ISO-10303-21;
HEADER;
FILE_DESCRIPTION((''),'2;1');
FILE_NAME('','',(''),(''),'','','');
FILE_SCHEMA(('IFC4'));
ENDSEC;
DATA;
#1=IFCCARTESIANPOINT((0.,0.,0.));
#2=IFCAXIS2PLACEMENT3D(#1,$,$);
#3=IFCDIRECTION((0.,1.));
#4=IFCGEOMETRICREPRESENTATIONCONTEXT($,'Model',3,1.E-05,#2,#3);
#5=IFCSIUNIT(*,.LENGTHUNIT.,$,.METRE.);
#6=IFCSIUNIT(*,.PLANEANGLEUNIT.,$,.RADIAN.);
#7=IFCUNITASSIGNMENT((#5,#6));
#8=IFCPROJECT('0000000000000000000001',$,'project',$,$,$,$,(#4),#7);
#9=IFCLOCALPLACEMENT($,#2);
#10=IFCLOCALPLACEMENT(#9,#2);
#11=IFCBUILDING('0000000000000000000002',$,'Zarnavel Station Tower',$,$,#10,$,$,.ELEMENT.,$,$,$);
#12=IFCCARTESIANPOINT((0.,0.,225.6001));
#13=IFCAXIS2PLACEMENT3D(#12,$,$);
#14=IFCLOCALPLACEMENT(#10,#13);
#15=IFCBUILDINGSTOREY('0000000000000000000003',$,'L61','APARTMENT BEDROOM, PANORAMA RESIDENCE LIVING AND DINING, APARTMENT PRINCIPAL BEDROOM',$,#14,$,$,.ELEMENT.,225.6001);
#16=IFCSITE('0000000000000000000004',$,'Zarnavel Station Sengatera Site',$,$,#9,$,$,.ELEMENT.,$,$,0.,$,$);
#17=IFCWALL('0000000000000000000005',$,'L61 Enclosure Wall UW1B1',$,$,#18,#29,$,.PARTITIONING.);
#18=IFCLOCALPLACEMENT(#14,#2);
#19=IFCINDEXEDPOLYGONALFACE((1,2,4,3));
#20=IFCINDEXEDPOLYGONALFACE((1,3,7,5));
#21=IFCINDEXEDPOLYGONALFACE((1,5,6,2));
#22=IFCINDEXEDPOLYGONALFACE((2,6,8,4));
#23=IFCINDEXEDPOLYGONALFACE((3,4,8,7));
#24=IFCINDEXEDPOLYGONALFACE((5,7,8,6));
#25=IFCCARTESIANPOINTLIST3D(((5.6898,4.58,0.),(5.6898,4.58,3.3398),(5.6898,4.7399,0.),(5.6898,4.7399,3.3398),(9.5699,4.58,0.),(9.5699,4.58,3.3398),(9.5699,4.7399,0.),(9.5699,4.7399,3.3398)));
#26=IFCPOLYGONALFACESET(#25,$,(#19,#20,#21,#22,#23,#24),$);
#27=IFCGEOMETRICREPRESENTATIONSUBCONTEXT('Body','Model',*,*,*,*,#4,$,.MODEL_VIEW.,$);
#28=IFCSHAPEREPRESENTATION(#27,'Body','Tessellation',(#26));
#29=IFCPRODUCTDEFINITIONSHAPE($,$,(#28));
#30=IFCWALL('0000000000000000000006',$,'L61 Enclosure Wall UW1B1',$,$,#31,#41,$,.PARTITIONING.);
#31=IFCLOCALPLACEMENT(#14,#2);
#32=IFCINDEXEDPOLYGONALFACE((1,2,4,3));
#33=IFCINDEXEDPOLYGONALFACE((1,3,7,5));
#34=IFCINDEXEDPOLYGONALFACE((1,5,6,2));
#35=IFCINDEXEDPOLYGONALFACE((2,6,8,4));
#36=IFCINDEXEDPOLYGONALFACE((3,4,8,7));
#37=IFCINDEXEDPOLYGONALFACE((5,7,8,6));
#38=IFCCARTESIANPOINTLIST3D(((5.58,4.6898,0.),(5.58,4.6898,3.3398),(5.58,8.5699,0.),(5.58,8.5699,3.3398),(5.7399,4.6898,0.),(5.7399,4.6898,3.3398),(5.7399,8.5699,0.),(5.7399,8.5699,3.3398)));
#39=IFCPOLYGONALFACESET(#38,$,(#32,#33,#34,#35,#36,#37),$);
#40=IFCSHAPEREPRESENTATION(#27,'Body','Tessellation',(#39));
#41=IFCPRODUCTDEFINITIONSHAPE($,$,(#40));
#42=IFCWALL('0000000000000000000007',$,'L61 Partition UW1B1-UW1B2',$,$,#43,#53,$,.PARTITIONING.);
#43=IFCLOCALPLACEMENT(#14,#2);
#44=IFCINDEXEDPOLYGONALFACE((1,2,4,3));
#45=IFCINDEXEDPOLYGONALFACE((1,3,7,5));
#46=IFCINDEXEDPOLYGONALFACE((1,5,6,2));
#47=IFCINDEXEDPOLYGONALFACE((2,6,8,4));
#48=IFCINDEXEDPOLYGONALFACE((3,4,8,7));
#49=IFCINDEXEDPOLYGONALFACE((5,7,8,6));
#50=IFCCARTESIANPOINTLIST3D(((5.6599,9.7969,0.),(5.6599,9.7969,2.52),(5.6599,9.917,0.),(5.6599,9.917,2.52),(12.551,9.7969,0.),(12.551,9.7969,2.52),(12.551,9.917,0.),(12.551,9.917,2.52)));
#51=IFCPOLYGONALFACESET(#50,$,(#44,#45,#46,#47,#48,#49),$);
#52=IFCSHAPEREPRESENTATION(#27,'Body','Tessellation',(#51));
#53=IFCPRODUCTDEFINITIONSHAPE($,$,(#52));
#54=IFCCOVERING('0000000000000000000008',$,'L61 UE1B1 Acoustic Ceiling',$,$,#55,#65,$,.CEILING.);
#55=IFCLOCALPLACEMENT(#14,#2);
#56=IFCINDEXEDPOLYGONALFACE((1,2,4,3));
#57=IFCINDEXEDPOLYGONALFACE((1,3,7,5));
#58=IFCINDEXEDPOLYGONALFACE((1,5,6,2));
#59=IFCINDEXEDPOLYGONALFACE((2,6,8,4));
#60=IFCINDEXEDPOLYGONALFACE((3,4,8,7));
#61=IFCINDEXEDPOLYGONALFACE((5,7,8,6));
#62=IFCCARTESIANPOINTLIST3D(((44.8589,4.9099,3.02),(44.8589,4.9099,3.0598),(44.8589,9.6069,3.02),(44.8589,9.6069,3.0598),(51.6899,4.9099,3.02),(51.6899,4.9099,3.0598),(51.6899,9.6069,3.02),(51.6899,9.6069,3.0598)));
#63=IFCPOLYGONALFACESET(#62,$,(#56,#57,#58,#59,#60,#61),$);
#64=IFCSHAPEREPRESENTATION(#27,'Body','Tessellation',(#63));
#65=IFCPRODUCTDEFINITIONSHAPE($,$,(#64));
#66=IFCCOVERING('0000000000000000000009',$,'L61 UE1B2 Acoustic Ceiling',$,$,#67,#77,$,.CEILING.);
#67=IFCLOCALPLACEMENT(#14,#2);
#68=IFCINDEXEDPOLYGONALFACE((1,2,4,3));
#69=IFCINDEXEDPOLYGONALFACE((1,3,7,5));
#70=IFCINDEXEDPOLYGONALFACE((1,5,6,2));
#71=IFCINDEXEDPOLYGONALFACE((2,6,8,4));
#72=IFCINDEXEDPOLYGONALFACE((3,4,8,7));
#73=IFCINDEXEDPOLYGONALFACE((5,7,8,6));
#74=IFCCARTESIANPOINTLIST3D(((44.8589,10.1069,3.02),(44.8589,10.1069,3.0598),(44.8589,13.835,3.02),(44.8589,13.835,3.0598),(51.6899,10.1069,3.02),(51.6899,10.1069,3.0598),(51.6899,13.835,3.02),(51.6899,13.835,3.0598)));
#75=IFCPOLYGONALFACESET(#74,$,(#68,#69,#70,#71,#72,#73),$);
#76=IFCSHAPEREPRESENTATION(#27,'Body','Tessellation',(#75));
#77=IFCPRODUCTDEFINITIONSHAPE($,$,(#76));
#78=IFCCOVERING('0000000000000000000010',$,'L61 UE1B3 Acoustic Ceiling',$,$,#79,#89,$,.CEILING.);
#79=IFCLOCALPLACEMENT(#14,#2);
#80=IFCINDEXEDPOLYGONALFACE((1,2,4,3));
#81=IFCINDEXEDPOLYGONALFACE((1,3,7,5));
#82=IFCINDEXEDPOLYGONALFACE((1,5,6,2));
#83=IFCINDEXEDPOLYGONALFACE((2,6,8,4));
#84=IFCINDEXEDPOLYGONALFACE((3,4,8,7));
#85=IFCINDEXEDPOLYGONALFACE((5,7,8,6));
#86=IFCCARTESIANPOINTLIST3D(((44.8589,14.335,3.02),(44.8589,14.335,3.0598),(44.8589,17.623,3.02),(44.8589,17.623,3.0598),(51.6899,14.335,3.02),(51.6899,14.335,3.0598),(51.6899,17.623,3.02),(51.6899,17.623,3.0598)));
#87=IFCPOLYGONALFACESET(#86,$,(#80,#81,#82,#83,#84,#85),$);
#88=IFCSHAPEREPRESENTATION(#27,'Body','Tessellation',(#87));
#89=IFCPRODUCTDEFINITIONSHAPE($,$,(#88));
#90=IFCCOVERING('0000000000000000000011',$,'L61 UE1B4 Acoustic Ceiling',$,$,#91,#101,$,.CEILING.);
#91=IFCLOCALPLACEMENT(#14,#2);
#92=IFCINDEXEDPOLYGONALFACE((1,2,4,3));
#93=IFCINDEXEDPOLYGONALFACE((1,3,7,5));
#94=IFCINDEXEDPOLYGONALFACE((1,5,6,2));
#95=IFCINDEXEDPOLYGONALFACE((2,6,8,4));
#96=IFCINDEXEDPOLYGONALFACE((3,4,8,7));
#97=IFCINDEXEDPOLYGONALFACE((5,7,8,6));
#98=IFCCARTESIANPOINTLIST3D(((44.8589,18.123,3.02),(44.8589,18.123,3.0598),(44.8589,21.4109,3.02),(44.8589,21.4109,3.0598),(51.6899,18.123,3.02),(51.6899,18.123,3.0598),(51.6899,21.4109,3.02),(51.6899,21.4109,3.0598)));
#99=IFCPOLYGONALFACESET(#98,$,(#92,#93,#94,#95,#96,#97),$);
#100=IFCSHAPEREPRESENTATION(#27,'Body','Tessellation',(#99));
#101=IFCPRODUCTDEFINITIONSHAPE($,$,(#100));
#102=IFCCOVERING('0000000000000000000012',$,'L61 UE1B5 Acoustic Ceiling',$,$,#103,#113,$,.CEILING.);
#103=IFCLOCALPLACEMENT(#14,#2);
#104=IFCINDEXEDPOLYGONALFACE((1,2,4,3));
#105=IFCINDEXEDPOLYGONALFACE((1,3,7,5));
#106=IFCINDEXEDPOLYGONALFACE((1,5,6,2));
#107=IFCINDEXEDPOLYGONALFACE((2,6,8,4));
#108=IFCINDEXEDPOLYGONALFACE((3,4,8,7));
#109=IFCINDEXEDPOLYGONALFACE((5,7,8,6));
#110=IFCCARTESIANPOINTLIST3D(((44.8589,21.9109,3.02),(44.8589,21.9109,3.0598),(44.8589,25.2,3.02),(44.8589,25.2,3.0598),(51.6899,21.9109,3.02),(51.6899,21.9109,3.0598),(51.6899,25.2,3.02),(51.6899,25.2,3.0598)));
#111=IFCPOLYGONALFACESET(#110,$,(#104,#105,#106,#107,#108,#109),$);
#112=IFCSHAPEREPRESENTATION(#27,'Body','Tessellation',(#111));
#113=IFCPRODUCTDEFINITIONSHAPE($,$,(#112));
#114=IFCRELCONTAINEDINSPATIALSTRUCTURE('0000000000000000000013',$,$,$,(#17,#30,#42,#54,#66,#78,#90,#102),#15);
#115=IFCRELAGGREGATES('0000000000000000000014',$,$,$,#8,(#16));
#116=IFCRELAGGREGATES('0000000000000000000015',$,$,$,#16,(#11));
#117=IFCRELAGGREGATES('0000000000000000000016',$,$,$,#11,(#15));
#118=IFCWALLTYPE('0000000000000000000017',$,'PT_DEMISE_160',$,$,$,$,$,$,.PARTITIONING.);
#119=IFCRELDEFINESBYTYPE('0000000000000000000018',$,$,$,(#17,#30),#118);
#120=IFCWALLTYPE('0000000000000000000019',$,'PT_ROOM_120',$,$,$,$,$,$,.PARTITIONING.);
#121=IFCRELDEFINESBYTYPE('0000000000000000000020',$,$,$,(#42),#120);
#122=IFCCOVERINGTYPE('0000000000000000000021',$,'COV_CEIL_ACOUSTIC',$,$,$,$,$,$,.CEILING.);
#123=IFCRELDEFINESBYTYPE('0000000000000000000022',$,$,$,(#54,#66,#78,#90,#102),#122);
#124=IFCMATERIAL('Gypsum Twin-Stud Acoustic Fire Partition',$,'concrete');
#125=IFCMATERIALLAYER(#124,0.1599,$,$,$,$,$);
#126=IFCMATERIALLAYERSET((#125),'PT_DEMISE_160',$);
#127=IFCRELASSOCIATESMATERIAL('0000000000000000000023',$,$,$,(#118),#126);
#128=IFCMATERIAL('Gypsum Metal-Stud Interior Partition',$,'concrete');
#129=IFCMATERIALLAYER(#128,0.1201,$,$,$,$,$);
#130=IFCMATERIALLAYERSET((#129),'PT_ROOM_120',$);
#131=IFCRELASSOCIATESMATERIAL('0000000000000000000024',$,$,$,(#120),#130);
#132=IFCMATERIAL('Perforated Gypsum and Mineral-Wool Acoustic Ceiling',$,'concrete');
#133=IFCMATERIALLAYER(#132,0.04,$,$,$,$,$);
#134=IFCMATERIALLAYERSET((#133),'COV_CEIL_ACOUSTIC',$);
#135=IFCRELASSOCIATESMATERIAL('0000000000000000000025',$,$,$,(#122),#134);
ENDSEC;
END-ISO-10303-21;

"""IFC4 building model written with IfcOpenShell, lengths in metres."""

from ifc_helpers import new_model, si_unit, direction, frame, frame_2d, origin, place, context, subcontext, project, spatial, polyline, rectangle, outline, extrude, material, layer, layer_set, type_object, element, save


model = new_model("IFC4")

# Units and contexts
model_context = context("Model", 3, precision=1e-05, world=origin(), true_north=direction((0.0, 1.0)))
body_context = subcontext(model_context, "Body", "Model", "MODEL_VIEW")
ifc_project = project(units=[si_unit("LENGTHUNIT", "METRE"), si_unit("PLANEANGLEUNIT", "RADIAN")], contexts=[model_context])

# Site, building, storey
site_placement = place(None, origin())
site = spatial("IfcSite", under=ifc_project, at=site_placement, Name="Zarnavel Station Sengatera Site", CompositionType="ELEMENT", RefElevation=0.0)
building_placement = place(site_placement, origin())
building = spatial("IfcBuilding", under=site, at=building_placement, Name="Zarnavel Station Tower", CompositionType="ELEMENT")
storey_placement = place(building_placement, frame((0.0, 0.0, 225.6001)))
storey = spatial("IfcBuildingStorey", under=building, at=storey_placement, Name="L61", Description="APARTMENT BEDROOM, PANORAMA RESIDENCE LIVING AND DINING, APARTMENT PRINCIPAL BEDROOM", CompositionType="ELEMENT", Elevation=225.6001)

# Walls
ifc_material_1 = material(Name="Gypsum Twin-Stud Acoustic Fire Partition", Category="concrete")
ifc_layer_1 = layer(ifc_material_1, 0.1599)
ifc_layer_set_1 = layer_set([ifc_layer_1], Name="PT_DEMISE_160")
wall_type_1 = type_object("IfcWallType", Name="PT_DEMISE_160", PredefinedType="PARTITIONING", material=ifc_layer_set_1)
for number, where, z_axis, x_axis, name in (
    (1, (5.6899, 4.6599, 0.0), (0.0, 0.0, 1.0), (1.0, 0.0, 0.0), "L61 Enclosure Wall UW1B1"),
    (2, (5.6599, 4.6899, 0.0), (0.0, 0.0, 1.0), (0.0, 1.0, 0.0), "L61 Enclosure Wall UW1B1"),
):
    element("IfcWall", number, at=place(storey_placement, frame(where, z_axis=z_axis, x_axis=x_axis)), inside=storey, type_object=wall_type_1, Name=name, PredefinedType="PARTITIONING", context=body_context, shape_type="SweptSolid", body=[
        extrude(rectangle(XDim=3.8801, YDim=0.1599, at=frame_2d((1.9399, 0.0))), origin(), (0.0, 0.0, 1.0), 3.3398),
    ])
ifc_material_2 = material(Name="Gypsum Metal-Stud Interior Partition", Category="concrete")
ifc_layer_2 = layer(ifc_material_2, 0.1201)
ifc_layer_set_2 = layer_set([ifc_layer_2], Name="PT_ROOM_120")
wall_type_2 = type_object("IfcWallType", Name="PT_ROOM_120", PredefinedType="PARTITIONING", material=ifc_layer_set_2)
wall_1_placement = place(storey_placement, frame((5.6599, 9.8569, 0.0), z_axis=(0.0, 0.0, 1.0), x_axis=(1.0, 0.0, 0.0)))
element("IfcWall", 3, at=wall_1_placement, inside=storey, type_object=wall_type_2, Name="L61 Partition UW1B1-UW1B2", PredefinedType="PARTITIONING", context=body_context, shape_type="SweptSolid", body=[
    extrude(rectangle(XDim=6.8911, YDim=0.1201, at=frame_2d((3.4456, 0.0))), origin(), (0.0, 0.0, 1.0), 2.52),
])

# Coverings
ifc_material_3 = material(Name="Perforated Gypsum and Mineral-Wool Acoustic Ceiling", Category="concrete")
ifc_layer_3 = layer(ifc_material_3, 0.04)
ifc_layer_set_3 = layer_set([ifc_layer_3], Name="COV_CEIL_ACOUSTIC")
covering_type = type_object("IfcCoveringType", Name="COV_CEIL_ACOUSTIC", PredefinedType="CEILING", material=ifc_layer_set_3)
covering_1_placement = place(storey_placement, frame((0.0, 0.0, 3.02)))
element("IfcCovering", 4, at=covering_1_placement, inside=storey, type_object=covering_type, Name="L61 UE1B1 Acoustic Ceiling", PredefinedType="CEILING", context=body_context, shape_type="SweptSolid", body=[
    extrude(outline(polyline([(44.8589, 4.9099), (51.6899, 4.9099), (51.6899, 9.6069), (44.8589, 9.6069), (44.8589, 4.9099)])), origin(), (0.0, 0.0, 1.0), 0.0398),
])
covering_2_placement = place(storey_placement, frame((0.0, 0.0, 3.02)))
element("IfcCovering", 5, at=covering_2_placement, inside=storey, type_object=covering_type, Name="L61 UE1B2 Acoustic Ceiling", PredefinedType="CEILING", context=body_context, shape_type="SweptSolid", body=[
    extrude(outline(polyline([(44.8589, 10.1069), (51.6899, 10.1069), (51.6899, 13.835), (44.8589, 13.835), (44.8589, 10.1069)])), origin(), (0.0, 0.0, 1.0), 0.0398),
])
covering_3_placement = place(storey_placement, frame((0.0, 0.0, 3.02)))
element("IfcCovering", 6, at=covering_3_placement, inside=storey, type_object=covering_type, Name="L61 UE1B3 Acoustic Ceiling", PredefinedType="CEILING", context=body_context, shape_type="SweptSolid", body=[
    extrude(outline(polyline([(44.8589, 14.335), (51.6899, 14.335), (51.6899, 17.623), (44.8589, 17.623), (44.8589, 14.335)])), origin(), (0.0, 0.0, 1.0), 0.0398),
])
covering_4_placement = place(storey_placement, frame((0.0, 0.0, 3.02)))
element("IfcCovering", 7, at=covering_4_placement, inside=storey, type_object=covering_type, Name="L61 UE1B4 Acoustic Ceiling", PredefinedType="CEILING", context=body_context, shape_type="SweptSolid", body=[
    extrude(outline(polyline([(44.8589, 18.123), (51.6899, 18.123), (51.6899, 21.4109), (44.8589, 21.4109), (44.8589, 18.123)])), origin(), (0.0, 0.0, 1.0), 0.0398),
])
covering_5_placement = place(storey_placement, frame((0.0, 0.0, 3.02)))
element("IfcCovering", 8, at=covering_5_placement, inside=storey, type_object=covering_type, Name="L61 UE1B5 Acoustic Ceiling", PredefinedType="CEILING", context=body_context, shape_type="SweptSolid", body=[
    extrude(outline(polyline([(44.8589, 21.9109), (51.6899, 21.9109), (51.6899, 25.2), (44.8589, 25.2), (44.8589, 21.9109)])), origin(), (0.0, 0.0, 1.0), 0.0398),
])

save(model, "model.ifc")
